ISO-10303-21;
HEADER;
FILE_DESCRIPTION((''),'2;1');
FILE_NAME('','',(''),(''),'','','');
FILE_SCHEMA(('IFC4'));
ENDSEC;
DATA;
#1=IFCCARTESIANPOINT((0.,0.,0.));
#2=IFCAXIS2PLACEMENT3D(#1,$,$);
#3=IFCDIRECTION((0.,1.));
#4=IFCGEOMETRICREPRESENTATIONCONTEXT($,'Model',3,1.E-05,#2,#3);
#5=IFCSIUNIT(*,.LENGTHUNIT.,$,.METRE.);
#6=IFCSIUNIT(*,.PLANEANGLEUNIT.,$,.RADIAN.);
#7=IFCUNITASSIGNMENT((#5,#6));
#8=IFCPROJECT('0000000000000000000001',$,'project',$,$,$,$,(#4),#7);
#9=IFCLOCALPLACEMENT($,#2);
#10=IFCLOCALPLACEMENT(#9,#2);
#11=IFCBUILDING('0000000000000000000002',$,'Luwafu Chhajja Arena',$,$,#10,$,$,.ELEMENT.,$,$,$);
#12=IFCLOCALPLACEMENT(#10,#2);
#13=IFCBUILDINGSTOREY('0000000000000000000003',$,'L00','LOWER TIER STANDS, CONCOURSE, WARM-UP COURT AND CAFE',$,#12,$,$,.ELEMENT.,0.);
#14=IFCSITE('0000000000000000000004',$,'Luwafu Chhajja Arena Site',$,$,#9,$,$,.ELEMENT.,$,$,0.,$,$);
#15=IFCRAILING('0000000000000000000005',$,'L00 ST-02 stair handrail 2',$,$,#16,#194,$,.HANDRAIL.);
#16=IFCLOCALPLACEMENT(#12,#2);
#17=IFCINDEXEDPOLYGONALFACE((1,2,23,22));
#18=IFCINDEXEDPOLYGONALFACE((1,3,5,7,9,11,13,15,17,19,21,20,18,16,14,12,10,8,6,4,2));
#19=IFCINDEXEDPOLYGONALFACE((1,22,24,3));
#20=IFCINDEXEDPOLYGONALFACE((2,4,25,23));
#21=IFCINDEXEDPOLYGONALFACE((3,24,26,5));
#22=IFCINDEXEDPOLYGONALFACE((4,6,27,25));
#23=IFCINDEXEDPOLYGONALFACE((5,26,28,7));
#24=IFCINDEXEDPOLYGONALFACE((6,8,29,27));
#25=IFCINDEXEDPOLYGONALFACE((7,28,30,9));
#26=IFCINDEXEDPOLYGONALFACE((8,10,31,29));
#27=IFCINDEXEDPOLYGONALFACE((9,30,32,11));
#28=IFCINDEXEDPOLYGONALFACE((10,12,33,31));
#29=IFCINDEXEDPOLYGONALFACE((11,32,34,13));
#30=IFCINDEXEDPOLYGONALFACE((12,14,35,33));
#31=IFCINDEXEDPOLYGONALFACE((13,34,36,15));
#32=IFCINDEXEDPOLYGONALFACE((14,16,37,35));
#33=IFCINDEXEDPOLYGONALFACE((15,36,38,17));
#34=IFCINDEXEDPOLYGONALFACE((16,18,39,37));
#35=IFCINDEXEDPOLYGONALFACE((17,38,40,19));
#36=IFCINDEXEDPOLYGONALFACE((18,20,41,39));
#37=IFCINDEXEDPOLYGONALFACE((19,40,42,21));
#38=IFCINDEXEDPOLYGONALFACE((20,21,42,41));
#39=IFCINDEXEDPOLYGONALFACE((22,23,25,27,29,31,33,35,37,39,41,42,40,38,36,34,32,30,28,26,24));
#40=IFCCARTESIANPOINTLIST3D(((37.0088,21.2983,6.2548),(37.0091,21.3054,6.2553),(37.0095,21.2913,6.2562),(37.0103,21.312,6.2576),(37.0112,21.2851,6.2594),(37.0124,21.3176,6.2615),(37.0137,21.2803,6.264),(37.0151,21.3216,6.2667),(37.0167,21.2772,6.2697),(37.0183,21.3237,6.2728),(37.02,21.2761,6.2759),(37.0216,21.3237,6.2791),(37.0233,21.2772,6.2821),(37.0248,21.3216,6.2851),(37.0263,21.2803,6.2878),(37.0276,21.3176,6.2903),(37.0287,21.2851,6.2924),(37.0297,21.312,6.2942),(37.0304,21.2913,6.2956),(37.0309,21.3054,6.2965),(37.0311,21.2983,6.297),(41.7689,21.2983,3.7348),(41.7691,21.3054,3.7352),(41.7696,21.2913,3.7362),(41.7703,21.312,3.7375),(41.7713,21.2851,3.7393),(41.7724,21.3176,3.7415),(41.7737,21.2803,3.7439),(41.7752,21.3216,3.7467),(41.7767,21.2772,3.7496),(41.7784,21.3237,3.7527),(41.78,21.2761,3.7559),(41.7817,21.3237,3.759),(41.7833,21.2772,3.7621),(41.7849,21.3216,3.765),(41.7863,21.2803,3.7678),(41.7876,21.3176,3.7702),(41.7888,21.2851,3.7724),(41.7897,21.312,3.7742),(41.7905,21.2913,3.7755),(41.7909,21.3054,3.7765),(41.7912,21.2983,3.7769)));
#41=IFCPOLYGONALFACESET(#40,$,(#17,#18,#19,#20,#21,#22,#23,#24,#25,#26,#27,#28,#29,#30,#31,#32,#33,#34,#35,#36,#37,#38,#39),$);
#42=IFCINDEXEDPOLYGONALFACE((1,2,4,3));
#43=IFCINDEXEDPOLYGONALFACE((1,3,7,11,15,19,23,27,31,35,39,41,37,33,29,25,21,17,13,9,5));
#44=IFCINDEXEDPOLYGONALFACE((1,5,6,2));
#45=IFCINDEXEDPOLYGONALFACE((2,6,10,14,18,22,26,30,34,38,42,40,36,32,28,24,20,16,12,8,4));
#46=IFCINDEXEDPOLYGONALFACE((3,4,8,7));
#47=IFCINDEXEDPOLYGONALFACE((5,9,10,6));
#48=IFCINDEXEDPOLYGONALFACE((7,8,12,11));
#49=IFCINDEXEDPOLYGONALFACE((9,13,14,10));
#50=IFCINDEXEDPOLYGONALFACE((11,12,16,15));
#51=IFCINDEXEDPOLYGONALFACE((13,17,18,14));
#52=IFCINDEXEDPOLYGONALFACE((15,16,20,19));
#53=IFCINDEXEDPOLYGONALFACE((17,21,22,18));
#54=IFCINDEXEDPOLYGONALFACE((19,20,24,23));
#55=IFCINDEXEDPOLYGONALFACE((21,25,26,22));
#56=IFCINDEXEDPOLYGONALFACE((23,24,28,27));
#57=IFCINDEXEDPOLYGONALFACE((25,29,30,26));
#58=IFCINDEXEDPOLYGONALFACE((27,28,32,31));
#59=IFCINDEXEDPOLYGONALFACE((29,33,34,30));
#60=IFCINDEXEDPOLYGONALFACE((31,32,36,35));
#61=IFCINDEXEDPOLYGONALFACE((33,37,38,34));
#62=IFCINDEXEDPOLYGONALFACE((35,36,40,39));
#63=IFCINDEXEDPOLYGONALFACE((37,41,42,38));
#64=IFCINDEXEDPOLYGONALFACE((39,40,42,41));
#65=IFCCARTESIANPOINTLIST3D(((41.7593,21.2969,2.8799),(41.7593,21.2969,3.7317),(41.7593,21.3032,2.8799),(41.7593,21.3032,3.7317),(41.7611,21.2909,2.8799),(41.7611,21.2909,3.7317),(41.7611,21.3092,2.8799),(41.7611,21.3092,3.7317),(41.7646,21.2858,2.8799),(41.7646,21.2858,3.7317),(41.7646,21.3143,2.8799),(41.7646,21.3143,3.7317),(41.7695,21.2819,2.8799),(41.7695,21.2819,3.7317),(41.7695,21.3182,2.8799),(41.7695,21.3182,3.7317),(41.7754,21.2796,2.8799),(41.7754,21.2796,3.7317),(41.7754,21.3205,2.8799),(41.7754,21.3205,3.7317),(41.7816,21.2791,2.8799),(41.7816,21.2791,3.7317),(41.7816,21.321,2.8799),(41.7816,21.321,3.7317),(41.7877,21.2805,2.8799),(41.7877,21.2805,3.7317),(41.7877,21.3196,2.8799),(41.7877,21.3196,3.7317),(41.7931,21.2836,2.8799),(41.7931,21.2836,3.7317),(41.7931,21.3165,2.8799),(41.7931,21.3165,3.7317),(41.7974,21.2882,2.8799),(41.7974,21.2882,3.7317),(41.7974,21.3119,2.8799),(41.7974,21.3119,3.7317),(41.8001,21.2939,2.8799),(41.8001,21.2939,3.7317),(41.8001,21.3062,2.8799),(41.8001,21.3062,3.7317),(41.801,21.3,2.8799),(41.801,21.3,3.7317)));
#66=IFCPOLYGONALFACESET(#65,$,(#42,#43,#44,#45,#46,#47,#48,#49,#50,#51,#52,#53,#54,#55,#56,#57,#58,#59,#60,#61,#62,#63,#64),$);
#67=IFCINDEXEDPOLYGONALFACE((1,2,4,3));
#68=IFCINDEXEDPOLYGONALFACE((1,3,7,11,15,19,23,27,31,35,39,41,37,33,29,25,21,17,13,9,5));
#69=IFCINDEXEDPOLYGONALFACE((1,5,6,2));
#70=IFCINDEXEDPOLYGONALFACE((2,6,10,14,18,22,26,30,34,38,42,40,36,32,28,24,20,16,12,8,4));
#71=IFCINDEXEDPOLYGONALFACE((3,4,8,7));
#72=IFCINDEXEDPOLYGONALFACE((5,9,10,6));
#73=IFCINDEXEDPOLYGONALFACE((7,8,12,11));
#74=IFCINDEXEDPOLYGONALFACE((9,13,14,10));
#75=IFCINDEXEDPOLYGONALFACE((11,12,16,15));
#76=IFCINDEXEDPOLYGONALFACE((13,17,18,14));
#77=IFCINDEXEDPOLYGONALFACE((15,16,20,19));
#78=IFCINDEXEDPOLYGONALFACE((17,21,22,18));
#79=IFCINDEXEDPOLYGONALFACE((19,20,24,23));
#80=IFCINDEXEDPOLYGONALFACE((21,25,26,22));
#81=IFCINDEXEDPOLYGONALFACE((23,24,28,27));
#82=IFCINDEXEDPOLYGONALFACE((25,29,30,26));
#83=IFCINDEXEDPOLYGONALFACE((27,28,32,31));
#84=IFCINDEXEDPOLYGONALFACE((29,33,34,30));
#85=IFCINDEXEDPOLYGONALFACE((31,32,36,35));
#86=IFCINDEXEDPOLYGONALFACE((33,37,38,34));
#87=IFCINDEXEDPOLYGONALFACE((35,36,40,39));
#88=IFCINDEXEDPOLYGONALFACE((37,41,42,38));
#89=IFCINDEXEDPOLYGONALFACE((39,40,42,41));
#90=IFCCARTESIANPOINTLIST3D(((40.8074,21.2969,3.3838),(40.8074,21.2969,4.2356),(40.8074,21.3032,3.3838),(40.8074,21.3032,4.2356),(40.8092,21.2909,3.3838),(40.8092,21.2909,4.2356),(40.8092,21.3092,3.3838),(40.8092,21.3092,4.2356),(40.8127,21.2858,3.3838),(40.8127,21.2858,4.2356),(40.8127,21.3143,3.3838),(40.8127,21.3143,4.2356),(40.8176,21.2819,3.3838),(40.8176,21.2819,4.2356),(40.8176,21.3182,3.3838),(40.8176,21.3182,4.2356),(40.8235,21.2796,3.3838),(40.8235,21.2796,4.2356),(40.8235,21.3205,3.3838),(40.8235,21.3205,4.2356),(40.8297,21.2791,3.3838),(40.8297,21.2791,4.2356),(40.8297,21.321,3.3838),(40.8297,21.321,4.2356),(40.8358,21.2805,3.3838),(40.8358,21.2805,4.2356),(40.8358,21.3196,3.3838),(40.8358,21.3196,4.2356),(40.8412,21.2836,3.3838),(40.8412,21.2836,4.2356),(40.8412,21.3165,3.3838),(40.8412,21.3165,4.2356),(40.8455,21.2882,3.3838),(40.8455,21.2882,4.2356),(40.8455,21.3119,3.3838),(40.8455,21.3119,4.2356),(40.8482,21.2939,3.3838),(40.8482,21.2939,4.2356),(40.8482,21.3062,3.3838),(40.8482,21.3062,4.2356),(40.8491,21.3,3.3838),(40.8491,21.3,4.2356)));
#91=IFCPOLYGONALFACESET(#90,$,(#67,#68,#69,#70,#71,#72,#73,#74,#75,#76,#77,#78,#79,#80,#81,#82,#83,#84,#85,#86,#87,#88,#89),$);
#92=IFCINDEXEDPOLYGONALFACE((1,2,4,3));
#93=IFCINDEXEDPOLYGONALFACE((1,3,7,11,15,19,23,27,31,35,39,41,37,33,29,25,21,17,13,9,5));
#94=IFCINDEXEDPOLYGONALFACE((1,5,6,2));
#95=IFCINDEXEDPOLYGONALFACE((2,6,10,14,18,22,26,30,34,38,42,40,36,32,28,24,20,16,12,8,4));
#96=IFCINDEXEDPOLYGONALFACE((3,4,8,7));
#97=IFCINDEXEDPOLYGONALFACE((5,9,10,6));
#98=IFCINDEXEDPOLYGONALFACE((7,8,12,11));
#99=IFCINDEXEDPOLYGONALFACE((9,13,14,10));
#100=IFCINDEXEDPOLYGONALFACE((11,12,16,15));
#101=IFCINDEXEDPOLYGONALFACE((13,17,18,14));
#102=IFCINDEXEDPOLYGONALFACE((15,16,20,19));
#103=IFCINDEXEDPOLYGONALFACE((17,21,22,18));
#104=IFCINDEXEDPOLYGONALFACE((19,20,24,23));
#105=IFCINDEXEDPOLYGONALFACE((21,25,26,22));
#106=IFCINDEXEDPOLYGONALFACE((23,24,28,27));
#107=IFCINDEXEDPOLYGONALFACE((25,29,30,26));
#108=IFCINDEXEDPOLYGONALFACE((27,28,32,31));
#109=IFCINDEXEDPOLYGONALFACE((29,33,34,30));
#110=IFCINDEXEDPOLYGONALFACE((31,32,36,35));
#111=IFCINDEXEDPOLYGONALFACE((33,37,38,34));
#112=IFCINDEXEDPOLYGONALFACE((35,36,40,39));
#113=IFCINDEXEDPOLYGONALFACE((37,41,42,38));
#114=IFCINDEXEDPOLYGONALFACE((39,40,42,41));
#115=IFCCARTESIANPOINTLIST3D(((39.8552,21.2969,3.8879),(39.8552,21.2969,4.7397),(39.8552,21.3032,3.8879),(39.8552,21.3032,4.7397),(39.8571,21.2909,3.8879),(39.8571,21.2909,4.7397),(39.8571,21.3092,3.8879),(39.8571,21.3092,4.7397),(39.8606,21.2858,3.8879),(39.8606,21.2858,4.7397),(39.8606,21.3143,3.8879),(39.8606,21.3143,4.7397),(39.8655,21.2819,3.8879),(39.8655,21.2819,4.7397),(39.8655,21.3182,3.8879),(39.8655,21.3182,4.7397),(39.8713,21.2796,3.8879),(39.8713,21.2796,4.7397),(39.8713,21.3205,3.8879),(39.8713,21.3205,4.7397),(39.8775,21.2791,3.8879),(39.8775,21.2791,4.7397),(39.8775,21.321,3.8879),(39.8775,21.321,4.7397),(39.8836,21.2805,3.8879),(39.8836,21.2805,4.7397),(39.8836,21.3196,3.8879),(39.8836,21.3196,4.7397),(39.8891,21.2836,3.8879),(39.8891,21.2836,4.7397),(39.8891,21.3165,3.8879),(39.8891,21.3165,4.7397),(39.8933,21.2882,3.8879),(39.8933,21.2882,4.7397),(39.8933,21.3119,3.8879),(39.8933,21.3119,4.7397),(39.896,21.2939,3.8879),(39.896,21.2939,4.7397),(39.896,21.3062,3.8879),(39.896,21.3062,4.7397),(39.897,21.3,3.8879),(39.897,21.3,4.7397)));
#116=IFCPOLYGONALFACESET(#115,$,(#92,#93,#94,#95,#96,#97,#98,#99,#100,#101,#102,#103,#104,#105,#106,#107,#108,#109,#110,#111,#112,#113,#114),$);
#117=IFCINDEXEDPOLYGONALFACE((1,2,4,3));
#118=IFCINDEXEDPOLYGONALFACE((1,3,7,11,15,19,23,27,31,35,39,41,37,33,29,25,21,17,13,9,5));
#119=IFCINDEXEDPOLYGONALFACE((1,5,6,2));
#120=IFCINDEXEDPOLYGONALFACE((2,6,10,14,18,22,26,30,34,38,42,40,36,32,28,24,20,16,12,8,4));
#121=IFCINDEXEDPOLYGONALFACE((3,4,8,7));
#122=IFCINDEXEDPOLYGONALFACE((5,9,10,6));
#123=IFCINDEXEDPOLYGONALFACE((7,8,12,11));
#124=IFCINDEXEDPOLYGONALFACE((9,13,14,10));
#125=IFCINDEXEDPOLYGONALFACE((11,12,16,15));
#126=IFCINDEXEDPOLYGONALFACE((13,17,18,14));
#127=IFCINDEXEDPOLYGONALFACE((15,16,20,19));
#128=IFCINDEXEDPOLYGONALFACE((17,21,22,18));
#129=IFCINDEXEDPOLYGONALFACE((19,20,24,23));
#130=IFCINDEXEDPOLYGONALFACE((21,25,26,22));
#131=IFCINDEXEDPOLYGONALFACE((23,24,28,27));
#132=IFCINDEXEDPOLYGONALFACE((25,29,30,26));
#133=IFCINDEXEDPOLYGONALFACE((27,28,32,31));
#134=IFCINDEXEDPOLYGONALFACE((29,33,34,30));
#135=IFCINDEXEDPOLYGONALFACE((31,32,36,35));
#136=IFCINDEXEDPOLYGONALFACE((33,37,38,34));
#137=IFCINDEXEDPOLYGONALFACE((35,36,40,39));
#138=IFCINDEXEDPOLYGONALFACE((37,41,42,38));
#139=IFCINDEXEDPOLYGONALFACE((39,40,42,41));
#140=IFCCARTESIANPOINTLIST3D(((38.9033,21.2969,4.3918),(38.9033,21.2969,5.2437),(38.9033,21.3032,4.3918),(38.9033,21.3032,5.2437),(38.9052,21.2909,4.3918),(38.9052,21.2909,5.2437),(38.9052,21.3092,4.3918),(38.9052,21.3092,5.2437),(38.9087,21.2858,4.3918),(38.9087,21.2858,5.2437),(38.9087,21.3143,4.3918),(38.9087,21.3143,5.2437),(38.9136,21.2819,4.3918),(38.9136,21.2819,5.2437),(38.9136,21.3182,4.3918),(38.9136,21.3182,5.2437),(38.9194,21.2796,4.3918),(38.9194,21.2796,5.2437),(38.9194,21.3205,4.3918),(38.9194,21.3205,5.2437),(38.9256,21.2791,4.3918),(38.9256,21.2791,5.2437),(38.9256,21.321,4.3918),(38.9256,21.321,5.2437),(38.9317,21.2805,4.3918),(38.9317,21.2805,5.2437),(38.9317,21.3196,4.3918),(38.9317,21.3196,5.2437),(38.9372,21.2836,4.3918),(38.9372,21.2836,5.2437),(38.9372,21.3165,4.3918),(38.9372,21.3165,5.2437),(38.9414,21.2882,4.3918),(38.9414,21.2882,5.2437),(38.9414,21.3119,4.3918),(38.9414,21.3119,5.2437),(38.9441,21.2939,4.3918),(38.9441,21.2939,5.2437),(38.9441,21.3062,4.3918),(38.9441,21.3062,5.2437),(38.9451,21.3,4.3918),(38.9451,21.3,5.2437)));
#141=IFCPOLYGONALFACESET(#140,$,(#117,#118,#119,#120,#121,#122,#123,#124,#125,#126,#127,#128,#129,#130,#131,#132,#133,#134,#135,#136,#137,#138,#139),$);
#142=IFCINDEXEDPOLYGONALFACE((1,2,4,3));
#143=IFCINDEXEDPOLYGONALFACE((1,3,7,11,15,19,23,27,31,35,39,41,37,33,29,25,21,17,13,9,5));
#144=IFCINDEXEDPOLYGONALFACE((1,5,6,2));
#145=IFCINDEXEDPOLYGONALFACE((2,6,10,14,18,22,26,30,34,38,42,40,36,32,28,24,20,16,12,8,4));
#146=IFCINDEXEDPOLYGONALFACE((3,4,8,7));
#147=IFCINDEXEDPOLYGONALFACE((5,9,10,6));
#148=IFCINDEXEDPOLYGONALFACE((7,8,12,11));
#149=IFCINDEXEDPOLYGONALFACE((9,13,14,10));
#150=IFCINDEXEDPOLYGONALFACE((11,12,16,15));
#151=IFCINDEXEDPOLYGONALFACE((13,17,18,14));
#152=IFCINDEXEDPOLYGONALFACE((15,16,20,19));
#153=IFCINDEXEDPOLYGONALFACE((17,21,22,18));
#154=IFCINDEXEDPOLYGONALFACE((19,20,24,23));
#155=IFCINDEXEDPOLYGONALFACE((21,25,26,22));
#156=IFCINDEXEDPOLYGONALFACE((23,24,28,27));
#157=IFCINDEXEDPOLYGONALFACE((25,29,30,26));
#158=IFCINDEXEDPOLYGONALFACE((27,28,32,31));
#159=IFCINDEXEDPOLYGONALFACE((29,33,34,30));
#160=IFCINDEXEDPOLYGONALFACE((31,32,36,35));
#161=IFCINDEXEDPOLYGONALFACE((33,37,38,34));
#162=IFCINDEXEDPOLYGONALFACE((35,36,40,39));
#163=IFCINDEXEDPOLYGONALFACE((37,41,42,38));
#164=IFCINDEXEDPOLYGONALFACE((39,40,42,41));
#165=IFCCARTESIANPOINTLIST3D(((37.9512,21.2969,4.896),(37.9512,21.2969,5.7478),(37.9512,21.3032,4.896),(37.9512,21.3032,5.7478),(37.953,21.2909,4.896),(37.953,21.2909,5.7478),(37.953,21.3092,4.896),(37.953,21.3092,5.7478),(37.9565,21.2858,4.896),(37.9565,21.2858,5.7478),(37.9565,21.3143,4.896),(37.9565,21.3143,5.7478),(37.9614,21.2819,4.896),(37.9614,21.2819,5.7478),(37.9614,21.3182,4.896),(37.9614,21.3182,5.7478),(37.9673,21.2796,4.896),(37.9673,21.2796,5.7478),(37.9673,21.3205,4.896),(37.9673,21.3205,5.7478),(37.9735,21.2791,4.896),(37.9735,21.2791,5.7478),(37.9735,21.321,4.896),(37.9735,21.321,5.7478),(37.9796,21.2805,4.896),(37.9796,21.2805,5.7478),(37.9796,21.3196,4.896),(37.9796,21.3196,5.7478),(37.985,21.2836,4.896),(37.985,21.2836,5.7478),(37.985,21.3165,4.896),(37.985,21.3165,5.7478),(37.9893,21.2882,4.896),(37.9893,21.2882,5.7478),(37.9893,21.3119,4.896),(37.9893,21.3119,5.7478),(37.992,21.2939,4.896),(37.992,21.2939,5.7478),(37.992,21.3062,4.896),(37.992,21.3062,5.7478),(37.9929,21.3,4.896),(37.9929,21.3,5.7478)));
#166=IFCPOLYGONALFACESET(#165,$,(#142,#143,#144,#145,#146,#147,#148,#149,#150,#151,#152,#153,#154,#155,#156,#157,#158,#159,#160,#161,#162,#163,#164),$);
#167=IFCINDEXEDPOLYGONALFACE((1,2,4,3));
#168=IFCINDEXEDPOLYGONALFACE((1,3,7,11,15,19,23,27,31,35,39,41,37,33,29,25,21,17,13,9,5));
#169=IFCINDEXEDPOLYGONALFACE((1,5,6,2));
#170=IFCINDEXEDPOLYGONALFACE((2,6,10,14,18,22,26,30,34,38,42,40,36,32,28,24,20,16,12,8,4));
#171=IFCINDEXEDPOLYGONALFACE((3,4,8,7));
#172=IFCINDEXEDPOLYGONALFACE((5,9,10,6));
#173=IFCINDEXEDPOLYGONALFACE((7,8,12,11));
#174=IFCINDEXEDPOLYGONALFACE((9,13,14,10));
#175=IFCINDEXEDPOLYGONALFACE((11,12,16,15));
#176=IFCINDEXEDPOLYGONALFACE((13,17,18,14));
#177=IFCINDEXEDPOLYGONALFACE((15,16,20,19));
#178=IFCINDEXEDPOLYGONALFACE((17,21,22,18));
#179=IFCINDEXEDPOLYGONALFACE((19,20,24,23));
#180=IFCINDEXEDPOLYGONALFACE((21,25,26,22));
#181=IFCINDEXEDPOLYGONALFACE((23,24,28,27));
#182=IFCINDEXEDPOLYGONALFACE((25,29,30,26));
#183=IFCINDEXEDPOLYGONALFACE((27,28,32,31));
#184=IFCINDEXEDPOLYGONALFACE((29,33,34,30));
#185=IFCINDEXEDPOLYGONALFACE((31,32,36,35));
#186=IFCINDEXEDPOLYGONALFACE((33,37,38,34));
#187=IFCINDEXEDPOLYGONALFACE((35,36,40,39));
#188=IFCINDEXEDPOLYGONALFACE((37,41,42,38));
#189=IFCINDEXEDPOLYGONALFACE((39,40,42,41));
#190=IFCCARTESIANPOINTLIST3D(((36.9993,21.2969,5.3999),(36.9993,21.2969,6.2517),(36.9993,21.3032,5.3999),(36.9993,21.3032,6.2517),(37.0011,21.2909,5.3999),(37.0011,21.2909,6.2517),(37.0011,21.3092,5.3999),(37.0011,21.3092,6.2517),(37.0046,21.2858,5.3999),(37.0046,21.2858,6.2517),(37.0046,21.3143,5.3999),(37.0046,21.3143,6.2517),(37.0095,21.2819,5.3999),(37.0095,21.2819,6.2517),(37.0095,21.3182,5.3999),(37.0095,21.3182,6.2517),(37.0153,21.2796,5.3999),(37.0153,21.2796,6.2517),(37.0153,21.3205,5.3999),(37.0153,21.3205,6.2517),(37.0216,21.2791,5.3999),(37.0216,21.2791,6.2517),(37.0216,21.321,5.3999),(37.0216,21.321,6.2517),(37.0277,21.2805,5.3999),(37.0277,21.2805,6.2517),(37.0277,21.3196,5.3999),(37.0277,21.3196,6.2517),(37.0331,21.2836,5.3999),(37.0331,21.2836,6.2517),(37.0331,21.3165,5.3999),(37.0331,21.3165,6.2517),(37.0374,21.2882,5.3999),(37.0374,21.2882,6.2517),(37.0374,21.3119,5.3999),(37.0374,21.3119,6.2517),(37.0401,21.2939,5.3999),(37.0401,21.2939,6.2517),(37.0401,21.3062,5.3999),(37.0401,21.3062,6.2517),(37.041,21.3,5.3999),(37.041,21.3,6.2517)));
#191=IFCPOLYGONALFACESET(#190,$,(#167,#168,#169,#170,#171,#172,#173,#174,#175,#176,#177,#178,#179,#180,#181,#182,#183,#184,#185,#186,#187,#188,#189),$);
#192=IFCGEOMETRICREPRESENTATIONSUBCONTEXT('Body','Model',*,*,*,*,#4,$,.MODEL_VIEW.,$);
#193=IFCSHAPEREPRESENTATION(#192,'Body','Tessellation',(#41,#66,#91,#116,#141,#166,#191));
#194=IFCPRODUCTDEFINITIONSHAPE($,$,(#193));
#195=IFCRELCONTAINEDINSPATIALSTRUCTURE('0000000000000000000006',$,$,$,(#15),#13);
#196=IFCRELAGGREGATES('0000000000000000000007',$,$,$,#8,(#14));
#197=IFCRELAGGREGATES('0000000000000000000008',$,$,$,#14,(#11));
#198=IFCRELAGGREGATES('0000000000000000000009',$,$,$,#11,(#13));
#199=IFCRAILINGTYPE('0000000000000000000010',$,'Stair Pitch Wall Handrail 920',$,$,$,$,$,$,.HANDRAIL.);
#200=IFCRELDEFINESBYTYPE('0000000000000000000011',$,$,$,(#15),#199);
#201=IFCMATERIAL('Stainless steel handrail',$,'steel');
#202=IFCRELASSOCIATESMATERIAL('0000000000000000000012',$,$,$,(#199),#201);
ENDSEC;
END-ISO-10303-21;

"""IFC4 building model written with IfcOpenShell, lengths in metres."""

from ifc_helpers import new_model, si_unit, direction, frame, origin, origin_2d, place, context, subcontext, project, spatial, circle, extrude, material, type_object, element, save


model = new_model("IFC4")

# Units and contexts
model_context = context("Model", 3, precision=1e-05, world=origin(), true_north=direction((0.0, 1.0)))
body_context = subcontext(model_context, "Body", "Model", "MODEL_VIEW")
ifc_project = project(units=[si_unit("LENGTHUNIT", "METRE"), si_unit("PLANEANGLEUNIT", "RADIAN")], contexts=[model_context])

# Site, building, storey
site_placement = place(None, origin())
site = spatial("IfcSite", under=ifc_project, at=site_placement, Name="Luwafu Chhajja Arena Site", CompositionType="ELEMENT", RefElevation=0.0)
building_placement = place(site_placement, origin())
building = spatial("IfcBuilding", under=site, at=building_placement, Name="Luwafu Chhajja Arena", CompositionType="ELEMENT")
storey_placement = place(building_placement, origin())
storey = spatial("IfcBuildingStorey", under=building, at=storey_placement, Name="L00", Description="LOWER TIER STANDS, CONCOURSE, WARM-UP COURT AND CAFE", CompositionType="ELEMENT", Elevation=0.0)

# Railing
ifc_material_1 = material(Name="Stainless steel handrail", Category="steel")
railing_type_1 = type_object("IfcRailingType", Name="Stair Pitch Wall Handrail 920", PredefinedType="HANDRAIL", material=ifc_material_1)
railing_1_placement = place(storey_placement, frame((41.78, 21.3, 2.8799)))
element("IfcRailing", 1, at=railing_1_placement, inside=storey, type_object=railing_type_1, Name="L00 ST-02 stair handrail 2", PredefinedType="HANDRAIL", context=body_context, shape_type="SweptSolid", body=[
    extrude(circle(Radius=0.0239, at=origin_2d()), frame((0.0, 0.0, 0.876), z_axis=(-0.883787, 0.0, 0.46789), x_axis=(0.0, -1.0, 0.0)), (0.0, 0.0, 1.0), 5.386),
    extrude(circle(Radius=0.021, at=origin_2d()), origin(), (0.0, 0.0, 1.0), 0.8518),
    extrude(circle(Radius=0.021, at=origin_2d()), frame((-0.9519, 0.0, 0.5039)), (0.0, 0.0, 1.0), 0.8518),
    extrude(circle(Radius=0.021, at=origin_2d()), frame((-1.9041, 0.0, 1.0081)), (0.0, 0.0, 1.0), 0.8518),
    extrude(circle(Radius=0.021, at=origin_2d()), frame((-2.856, 0.0, 1.512)), (0.0, 0.0, 1.0), 0.8518),
    extrude(circle(Radius=0.021, at=origin_2d()), frame((-3.8081, 0.0, 2.0161)), (0.0, 0.0, 1.0), 0.8518),
    extrude(circle(Radius=0.021, at=origin_2d()), frame((-4.76, 0.0, 2.52)), (0.0, 0.0, 1.0), 0.8518),
])

save(model, "model.ifc")
